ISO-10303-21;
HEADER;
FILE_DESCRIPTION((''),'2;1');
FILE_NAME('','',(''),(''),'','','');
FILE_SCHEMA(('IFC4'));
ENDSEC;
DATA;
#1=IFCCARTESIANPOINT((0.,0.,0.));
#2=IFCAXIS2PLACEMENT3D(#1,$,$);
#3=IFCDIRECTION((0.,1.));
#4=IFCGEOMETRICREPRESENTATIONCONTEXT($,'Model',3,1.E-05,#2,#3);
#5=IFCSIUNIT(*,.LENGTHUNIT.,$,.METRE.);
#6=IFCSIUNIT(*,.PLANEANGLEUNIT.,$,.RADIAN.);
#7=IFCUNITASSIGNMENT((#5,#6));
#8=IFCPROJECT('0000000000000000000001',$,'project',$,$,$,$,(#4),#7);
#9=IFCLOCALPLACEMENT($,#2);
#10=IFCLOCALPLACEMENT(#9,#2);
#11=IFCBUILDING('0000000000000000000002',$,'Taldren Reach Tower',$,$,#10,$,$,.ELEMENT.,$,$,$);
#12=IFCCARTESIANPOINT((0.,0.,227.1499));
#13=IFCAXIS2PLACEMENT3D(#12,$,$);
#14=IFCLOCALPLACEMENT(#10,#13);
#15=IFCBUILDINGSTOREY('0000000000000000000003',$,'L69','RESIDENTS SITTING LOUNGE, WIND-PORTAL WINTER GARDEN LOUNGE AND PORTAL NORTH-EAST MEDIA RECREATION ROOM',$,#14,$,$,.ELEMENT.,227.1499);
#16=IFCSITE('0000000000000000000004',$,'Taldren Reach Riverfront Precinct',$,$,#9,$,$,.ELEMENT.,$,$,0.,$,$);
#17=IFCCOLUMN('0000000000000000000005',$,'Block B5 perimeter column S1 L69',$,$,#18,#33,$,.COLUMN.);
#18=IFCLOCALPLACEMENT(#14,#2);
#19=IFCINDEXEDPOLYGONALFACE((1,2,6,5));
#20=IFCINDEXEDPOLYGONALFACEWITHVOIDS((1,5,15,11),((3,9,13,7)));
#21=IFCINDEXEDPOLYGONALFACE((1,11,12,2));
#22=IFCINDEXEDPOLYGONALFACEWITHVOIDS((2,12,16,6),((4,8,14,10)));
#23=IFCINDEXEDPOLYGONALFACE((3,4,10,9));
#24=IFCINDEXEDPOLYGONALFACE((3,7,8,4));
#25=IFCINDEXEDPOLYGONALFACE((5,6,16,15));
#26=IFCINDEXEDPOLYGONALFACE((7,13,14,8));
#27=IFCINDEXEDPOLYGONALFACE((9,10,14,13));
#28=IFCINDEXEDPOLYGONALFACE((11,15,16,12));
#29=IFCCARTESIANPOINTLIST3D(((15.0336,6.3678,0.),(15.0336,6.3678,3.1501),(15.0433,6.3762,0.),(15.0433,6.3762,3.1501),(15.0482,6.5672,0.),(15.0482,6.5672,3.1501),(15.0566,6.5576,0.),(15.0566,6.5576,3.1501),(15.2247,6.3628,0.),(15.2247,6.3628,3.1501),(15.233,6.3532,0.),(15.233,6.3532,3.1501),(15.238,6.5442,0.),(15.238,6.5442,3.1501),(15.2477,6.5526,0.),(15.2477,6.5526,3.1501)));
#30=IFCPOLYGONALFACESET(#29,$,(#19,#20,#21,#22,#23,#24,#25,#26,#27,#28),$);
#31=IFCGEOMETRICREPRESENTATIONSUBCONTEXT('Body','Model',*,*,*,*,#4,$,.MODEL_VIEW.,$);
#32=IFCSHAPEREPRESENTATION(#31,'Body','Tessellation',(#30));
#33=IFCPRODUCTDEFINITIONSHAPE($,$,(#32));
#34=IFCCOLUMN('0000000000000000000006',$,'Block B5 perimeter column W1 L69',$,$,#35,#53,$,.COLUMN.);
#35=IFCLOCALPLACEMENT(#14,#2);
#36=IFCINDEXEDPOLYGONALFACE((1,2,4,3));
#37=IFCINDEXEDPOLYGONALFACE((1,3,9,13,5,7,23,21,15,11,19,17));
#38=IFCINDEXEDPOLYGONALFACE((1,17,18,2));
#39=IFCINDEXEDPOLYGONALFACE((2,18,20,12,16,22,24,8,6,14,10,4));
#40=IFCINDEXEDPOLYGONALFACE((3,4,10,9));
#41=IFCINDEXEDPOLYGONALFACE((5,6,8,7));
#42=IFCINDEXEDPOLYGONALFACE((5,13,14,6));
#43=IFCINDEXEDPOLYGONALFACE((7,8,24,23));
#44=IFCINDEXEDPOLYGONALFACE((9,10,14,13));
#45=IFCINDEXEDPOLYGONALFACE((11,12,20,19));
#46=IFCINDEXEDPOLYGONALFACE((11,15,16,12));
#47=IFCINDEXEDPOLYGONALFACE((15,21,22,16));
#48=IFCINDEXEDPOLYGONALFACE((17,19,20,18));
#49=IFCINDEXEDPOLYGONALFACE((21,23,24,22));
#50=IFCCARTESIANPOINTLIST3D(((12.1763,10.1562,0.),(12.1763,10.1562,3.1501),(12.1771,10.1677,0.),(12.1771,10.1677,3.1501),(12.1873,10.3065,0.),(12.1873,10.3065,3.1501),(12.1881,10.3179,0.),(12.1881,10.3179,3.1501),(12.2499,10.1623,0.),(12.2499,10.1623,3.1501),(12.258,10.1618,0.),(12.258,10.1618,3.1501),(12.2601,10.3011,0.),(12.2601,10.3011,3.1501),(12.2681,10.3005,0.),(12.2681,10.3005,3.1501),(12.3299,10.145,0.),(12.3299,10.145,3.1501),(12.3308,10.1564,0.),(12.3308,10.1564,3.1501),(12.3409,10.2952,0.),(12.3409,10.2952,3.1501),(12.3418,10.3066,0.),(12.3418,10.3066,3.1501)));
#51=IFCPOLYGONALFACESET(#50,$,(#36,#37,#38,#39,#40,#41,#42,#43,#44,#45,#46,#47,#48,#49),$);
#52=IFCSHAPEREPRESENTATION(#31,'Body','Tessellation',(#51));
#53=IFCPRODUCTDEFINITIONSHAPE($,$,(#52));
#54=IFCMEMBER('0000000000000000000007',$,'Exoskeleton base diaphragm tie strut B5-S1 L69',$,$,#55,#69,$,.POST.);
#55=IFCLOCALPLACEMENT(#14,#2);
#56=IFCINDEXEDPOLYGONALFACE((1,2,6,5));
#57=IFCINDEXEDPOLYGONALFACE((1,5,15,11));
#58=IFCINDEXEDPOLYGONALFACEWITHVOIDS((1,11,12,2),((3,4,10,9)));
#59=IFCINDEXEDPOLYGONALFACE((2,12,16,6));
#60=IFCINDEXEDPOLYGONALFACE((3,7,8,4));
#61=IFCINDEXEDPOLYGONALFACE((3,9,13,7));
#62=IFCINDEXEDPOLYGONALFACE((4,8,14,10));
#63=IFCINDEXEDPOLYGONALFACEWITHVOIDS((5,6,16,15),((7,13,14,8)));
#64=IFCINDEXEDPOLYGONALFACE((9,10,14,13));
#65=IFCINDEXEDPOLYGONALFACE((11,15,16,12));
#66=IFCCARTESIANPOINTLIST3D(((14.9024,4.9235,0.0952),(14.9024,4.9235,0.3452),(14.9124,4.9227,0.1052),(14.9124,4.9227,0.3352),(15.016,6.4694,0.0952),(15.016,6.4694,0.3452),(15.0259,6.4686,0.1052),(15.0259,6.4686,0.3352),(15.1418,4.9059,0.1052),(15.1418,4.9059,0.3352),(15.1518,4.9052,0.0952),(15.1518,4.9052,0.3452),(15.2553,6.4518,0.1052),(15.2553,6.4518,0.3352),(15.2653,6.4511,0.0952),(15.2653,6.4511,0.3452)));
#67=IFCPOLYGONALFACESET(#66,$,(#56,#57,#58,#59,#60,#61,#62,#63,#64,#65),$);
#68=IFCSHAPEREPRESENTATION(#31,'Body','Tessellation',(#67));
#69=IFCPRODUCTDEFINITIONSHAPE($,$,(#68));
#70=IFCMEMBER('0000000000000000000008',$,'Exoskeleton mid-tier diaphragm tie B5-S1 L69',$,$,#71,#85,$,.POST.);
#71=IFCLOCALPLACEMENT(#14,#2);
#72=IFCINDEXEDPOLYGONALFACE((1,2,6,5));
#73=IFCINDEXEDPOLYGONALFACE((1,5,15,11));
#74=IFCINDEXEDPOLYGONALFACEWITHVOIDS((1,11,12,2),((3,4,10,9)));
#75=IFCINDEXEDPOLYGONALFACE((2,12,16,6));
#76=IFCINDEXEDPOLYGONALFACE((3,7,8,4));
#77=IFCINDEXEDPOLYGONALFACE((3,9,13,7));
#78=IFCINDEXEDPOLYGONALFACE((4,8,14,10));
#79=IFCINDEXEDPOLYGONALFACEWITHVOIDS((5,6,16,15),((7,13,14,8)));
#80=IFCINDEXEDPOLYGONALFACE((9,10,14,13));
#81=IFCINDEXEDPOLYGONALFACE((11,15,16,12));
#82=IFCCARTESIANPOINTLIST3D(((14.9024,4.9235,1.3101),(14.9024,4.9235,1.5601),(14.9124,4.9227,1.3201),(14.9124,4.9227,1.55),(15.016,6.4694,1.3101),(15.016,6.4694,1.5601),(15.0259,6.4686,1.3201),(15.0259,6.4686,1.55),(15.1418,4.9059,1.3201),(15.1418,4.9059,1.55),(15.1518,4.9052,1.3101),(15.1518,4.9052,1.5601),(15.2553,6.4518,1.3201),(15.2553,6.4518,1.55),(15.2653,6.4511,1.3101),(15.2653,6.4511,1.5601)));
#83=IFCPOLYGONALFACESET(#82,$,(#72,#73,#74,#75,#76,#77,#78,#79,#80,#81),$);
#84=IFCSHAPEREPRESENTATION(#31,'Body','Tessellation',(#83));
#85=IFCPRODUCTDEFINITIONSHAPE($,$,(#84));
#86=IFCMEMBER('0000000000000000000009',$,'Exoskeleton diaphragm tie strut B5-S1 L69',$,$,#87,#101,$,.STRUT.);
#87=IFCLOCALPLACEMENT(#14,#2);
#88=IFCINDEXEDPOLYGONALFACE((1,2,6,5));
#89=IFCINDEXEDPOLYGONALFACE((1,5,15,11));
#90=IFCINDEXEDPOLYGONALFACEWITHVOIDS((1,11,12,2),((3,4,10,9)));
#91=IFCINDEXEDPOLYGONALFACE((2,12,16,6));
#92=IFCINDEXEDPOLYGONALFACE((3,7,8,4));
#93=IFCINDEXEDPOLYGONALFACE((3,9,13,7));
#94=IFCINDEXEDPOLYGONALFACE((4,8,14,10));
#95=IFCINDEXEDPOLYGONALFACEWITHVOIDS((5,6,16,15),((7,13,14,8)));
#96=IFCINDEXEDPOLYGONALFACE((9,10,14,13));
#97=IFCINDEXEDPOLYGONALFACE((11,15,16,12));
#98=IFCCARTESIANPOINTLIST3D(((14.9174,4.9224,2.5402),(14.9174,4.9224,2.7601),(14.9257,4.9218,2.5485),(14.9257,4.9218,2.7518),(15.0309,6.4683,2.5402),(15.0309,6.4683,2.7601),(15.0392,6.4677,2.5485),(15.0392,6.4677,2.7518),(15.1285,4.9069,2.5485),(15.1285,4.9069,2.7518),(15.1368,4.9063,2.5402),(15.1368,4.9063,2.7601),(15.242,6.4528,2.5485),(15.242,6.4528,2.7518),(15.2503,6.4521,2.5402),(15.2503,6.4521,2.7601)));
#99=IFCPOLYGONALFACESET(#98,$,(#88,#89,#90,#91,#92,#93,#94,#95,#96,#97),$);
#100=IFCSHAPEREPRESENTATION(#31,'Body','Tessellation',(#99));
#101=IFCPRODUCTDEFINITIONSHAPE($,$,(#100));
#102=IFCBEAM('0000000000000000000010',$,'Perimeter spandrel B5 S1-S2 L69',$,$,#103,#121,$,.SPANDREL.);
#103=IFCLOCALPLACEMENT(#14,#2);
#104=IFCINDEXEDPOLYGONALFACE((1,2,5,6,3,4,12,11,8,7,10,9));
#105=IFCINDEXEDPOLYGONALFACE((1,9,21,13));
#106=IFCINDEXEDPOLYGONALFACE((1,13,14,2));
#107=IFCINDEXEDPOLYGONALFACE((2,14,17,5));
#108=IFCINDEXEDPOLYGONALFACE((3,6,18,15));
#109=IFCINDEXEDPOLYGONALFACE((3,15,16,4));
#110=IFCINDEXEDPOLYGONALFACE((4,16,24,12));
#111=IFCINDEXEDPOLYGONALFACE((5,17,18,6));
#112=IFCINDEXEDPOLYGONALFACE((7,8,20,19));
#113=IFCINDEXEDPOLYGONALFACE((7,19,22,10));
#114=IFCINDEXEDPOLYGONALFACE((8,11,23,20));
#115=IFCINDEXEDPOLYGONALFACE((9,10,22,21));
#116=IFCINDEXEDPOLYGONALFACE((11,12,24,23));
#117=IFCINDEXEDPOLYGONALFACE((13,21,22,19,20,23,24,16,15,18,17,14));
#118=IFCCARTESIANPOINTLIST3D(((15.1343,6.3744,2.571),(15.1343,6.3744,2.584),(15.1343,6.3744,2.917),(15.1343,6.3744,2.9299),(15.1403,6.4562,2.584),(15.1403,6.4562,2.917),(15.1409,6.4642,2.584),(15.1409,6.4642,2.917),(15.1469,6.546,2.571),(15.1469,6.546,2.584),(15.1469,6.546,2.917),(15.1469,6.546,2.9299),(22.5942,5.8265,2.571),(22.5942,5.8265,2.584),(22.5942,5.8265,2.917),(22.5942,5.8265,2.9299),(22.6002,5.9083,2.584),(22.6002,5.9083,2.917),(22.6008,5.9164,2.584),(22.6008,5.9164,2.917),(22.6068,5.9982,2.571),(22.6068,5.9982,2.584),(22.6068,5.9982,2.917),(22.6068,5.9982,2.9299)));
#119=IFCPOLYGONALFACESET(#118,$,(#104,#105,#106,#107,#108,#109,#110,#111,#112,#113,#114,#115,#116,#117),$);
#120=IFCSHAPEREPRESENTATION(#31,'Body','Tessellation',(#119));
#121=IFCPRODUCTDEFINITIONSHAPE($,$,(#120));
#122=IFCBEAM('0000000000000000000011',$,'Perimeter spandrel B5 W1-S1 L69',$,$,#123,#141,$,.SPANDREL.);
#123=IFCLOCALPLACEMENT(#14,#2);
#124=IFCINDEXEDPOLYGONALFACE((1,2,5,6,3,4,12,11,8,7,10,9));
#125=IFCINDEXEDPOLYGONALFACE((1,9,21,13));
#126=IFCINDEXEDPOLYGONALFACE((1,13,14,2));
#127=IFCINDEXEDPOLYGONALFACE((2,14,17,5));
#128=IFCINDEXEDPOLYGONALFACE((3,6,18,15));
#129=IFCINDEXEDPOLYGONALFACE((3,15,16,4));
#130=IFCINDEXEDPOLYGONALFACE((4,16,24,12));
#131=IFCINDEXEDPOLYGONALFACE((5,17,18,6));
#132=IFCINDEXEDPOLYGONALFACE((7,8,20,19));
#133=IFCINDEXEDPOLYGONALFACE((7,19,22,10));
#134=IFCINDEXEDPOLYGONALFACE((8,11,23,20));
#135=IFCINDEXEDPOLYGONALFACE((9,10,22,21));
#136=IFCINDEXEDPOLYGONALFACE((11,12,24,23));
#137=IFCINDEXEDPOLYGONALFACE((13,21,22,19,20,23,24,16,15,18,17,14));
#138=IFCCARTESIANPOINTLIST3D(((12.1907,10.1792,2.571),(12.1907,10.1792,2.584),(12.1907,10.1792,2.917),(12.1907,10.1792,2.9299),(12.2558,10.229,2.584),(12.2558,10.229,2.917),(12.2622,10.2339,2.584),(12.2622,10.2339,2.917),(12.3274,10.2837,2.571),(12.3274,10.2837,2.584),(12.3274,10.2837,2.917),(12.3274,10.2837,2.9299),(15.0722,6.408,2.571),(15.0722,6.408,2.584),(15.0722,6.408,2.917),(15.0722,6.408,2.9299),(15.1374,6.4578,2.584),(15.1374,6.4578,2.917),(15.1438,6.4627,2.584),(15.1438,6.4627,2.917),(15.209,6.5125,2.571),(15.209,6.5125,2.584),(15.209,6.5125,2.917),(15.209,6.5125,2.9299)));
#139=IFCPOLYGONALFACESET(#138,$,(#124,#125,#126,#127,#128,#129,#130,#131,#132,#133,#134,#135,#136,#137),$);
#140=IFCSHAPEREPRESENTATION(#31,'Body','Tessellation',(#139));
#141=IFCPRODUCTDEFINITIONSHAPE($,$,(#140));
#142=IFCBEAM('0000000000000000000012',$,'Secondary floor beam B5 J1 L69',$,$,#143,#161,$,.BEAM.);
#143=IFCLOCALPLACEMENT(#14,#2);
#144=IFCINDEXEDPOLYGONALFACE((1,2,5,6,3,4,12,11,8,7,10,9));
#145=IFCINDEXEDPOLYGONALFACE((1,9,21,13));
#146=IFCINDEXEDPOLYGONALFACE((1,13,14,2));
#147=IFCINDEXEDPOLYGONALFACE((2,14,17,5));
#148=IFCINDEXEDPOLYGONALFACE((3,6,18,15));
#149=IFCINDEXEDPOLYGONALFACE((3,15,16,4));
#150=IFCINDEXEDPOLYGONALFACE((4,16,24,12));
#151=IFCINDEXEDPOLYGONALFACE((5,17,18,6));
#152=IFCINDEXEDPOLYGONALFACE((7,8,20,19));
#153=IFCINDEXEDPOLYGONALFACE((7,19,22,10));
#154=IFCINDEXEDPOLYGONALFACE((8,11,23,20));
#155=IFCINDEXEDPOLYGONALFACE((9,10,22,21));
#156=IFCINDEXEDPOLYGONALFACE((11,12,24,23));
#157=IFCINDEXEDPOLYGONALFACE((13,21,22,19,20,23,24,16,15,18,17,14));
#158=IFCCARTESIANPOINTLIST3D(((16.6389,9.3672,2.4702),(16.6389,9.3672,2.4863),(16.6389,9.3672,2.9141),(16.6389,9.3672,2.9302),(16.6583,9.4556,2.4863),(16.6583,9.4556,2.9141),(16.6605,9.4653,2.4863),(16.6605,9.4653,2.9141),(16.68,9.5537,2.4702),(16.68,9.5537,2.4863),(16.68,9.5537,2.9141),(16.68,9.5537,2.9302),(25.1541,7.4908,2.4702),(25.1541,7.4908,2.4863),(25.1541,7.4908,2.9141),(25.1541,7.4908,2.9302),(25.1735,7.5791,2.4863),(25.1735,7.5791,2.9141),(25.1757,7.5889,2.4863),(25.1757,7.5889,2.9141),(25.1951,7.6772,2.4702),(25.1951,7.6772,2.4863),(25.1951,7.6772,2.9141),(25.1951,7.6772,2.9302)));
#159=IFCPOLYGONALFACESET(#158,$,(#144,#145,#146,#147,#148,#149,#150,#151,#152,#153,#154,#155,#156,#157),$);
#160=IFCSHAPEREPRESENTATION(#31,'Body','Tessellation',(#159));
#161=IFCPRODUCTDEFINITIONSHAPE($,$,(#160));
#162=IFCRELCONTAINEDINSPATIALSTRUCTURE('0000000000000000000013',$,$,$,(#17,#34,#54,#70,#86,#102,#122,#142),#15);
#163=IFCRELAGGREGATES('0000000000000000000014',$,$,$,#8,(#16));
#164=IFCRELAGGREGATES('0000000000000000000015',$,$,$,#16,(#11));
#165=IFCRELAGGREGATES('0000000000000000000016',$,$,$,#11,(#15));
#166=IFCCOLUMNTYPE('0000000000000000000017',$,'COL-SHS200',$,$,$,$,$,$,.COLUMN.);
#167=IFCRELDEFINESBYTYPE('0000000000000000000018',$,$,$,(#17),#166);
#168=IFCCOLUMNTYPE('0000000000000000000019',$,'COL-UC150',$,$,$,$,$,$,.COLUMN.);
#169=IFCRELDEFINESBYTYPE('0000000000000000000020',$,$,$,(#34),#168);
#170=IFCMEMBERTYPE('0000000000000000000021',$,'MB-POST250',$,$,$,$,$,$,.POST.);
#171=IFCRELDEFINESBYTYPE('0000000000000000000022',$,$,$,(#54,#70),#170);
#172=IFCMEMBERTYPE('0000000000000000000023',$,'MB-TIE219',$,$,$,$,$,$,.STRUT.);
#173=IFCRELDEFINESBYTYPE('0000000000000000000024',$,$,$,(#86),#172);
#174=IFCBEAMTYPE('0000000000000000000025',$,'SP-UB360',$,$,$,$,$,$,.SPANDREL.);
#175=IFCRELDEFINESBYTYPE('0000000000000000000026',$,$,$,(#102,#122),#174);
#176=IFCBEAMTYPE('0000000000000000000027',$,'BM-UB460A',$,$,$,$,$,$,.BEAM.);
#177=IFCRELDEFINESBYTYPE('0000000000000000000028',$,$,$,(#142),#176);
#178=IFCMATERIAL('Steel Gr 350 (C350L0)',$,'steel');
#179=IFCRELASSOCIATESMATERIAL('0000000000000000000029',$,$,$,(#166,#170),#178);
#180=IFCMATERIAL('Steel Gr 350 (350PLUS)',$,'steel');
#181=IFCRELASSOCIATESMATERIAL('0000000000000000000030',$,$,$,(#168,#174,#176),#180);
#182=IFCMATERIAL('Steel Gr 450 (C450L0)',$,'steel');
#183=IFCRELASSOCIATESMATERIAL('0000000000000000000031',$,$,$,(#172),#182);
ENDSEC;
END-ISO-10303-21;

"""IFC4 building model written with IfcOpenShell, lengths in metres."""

from ifc_helpers import new_model, si_unit, direction, frame, origin, origin_2d, place, context, subcontext, project, spatial, hollow_rectangle, i_section, extrude, source, transform, mapped, material, material_profile, profile_set, type_object, element, save


model = new_model("IFC4")

# Units and contexts
model_context = context("Model", 3, precision=1e-05, world=origin(), true_north=direction((0.0, 1.0)))
body_context = subcontext(model_context, "Body", "Model", "MODEL_VIEW")
ifc_project = project(units=[si_unit("LENGTHUNIT", "METRE"), si_unit("PLANEANGLEUNIT", "RADIAN")], contexts=[model_context])

# Site, building, storey
site_placement = place(None, origin())
site = spatial("IfcSite", under=ifc_project, at=site_placement, Name="Taldren Reach Riverfront Precinct", CompositionType="ELEMENT", RefElevation=0.0)
building_placement = place(site_placement, origin())
building = spatial("IfcBuilding", under=site, at=building_placement, Name="Taldren Reach Tower", CompositionType="ELEMENT")
storey_placement = place(building_placement, frame((0.0, 0.0, 227.1499)))
storey = spatial("IfcBuildingStorey", under=building, at=storey_placement, Name="L69", Description="RESIDENTS SITTING LOUNGE, WIND-PORTAL WINTER GARDEN LOUNGE AND PORTAL NORTH-EAST MEDIA RECREATION ROOM", CompositionType="ELEMENT", Elevation=227.1499)

# Columns
ifc_material_1 = material(Name="Steel Gr 350 (C350L0)", Category="steel")
ifc_material_profile_1 = material_profile(ifc_material_1, hollow_rectangle(XDim=0.2, YDim=0.2, WallThickness=0.009, at=origin_2d()), Name="200x200x9.0SHS")
ifc_profile_set_1 = profile_set([ifc_material_profile_1], Name="Steel Gr 350 (C350L0)")
column_type_1 = type_object("IfcColumnType", Name="COL-SHS200", PredefinedType="COLUMN", material=ifc_profile_set_1)
shared_shape_1 = source(origin(), body_context, "Body", "SweptSolid", [
    extrude(hollow_rectangle(XDim=0.2, YDim=0.2, WallThickness=0.009, at=origin_2d()), origin(), (0.0, 0.0, 1.0), 3.1501),
])
column_1_placement = place(storey_placement, frame((15.1406, 6.4602, 0.0), z_axis=(0.0, 0.0, 1.0), x_axis=(0.997314, -0.073238, 0.0)))
element("IfcColumn", 1, at=column_1_placement, inside=storey, type_object=column_type_1, Name="Block B5 perimeter column S1 L69", PredefinedType="COLUMN", context=body_context, shape_type="MappedRepresentation", body=[
    mapped(shared_shape_1, transform((0.0, 0.0, 0.0), scale=1.0)),
])
ifc_material_2 = material(Name="Steel Gr 350 (350PLUS)", Category="steel")
ifc_material_profile_2 = material_profile(ifc_material_2, i_section(OverallWidth=0.1541, OverallDepth=0.1621, WebThickness=0.0081, FlangeThickness=0.0115, at=origin_2d()), Name="150UC37.2")
ifc_profile_set_2 = profile_set([ifc_material_profile_2], Name="Steel Gr 350 (350PLUS)")
column_type_2 = type_object("IfcColumnType", Name="COL-UC150", PredefinedType="COLUMN", material=ifc_profile_set_2)
shared_shape_2 = source(origin(), body_context, "Body", "SweptSolid", [
    extrude(i_section(OverallWidth=0.1541, OverallDepth=0.1621, WebThickness=0.0081, FlangeThickness=0.0115, at=origin_2d()), origin(), (0.0, 0.0, 1.0), 3.1501),
])
column_2_placement = place(storey_placement, frame((12.259, 10.2314, 0.0), z_axis=(0.0, 0.0, 1.0), x_axis=(0.997314, -0.073238, 0.0)))
element("IfcColumn", 2, at=column_2_placement, inside=storey, type_object=column_type_2, Name="Block B5 perimeter column W1 L69", PredefinedType="COLUMN", context=body_context, shape_type="MappedRepresentation", body=[
    mapped(shared_shape_2, transform((0.0, 0.0, 0.0), scale=1.0)),
])

# Members
ifc_material_profile_3 = material_profile(ifc_material_1, hollow_rectangle(XDim=0.25, YDim=0.25, WallThickness=0.01, at=origin_2d()), Name="250x250x10.0SHS")
ifc_profile_set_3 = profile_set([ifc_material_profile_3], Name="Steel Gr 350 (C350L0)")
member_type_1 = type_object("IfcMemberType", Name="MB-POST250", PredefinedType="POST", material=ifc_profile_set_3)
shared_shape_3 = source(origin(), body_context, "Body", "SweptSolid", [
    extrude(hollow_rectangle(XDim=0.25, YDim=0.25, WallThickness=0.01, at=origin_2d()), origin(), (0.0, 0.0, 1.0), 1.55),
])
for number, where, z_axis, x_axis, name in (
    (3, (15.1406, 6.4602, 0.2202), (-0.073239, -0.997314, 0.0), (0.997314, -0.073239, 0.0), "Exoskeleton base diaphragm tie strut B5-S1 L69"),
    (4, (15.1406, 6.4602, 1.4351), (-0.073239, -0.997314, 0.0), (0.997314, -0.073239, 0.0), "Exoskeleton mid-tier diaphragm tie B5-S1 L69"),
):
    element("IfcMember", number, at=place(storey_placement, frame(where, z_axis=z_axis, x_axis=x_axis)), inside=storey, type_object=member_type_1, Name=name, PredefinedType="POST", context=body_context, shape_type="MappedRepresentation", body=[
        mapped(shared_shape_3, transform((0.0, 0.0, 0.0), scale=1.0)),
    ])
ifc_material_3 = material(Name="Steel Gr 450 (C450L0)", Category="steel")
ifc_material_profile_4 = material_profile(ifc_material_3, hollow_rectangle(XDim=0.22, YDim=0.22, WallThickness=0.0083, at=origin_2d()), Name="220x220x8.2SHS")
ifc_profile_set_4 = profile_set([ifc_material_profile_4], Name="Steel Gr 450 (C450L0)")
member_type_2 = type_object("IfcMemberType", Name="MB-TIE219", PredefinedType="STRUT", material=ifc_profile_set_4)
shared_shape_4 = source(origin(), body_context, "Body", "SweptSolid", [
    extrude(hollow_rectangle(XDim=0.22, YDim=0.22, WallThickness=0.0083, at=origin_2d()), origin(), (0.0, 0.0, 1.0), 1.55),
])
member_1_placement = place(storey_placement, frame((15.1406, 6.4602, 2.6501), z_axis=(-0.073239, -0.997314, 0.0), x_axis=(0.997314, -0.073239, 0.0)))
element("IfcMember", 5, at=member_1_placement, inside=storey, type_object=member_type_2, Name="Exoskeleton diaphragm tie strut B5-S1 L69", PredefinedType="STRUT", context=body_context, shape_type="MappedRepresentation", body=[
    mapped(shared_shape_4, transform((0.0, 0.0, 0.0), scale=1.0)),
])

# Beams
ifc_material_profile_5 = material_profile(ifc_material_2, i_section(OverallWidth=0.1721, OverallDepth=0.3589, WebThickness=0.0081, FlangeThickness=0.0129, at=origin_2d()), Name="360UB56.7")
ifc_profile_set_5 = profile_set([ifc_material_profile_5], Name="Steel Gr 350 (350PLUS)")
beam_type_1 = type_object("IfcBeamType", Name="SP-UB360", PredefinedType="SPANDREL", material=ifc_profile_set_5)
shared_shape_5 = source(origin(), body_context, "Body", "SweptSolid", [
    extrude(i_section(OverallWidth=0.1721, OverallDepth=0.3589, WebThickness=0.0081, FlangeThickness=0.0129, at=origin_2d()), origin(), (0.0, 0.0, 1.0), 7.48),
])
beam_1_placement = place(storey_placement, frame((15.1406, 6.4602, 2.7505), z_axis=(0.997314, -0.073242, 0.0), x_axis=(0.073242, 0.997314, 0.0)))
element("IfcBeam", 6, at=beam_1_placement, inside=storey, type_object=beam_type_1, Name="Perimeter spandrel B5 S1-S2 L69", PredefinedType="SPANDREL", context=body_context, shape_type="MappedRepresentation", body=[
    mapped(shared_shape_5, transform((0.0, 0.0, 0.0), scale=1.0)),
])
shared_shape_6 = source(origin(), body_context, "Body", "SweptSolid", [
    extrude(i_section(OverallWidth=0.1721, OverallDepth=0.3589, WebThickness=0.0081, FlangeThickness=0.0129, at=origin_2d()), origin(), (0.0, 0.0, 1.0), 4.7461),
])
beam_2_placement = place(storey_placement, frame((12.259, 10.2314, 2.7505), z_axis=(0.607145, -0.794591, 0.0), x_axis=(0.794591, 0.607145, 0.0)))
element("IfcBeam", 7, at=beam_2_placement, inside=storey, type_object=beam_type_1, Name="Perimeter spandrel B5 W1-S1 L69", PredefinedType="SPANDREL", context=body_context, shape_type="MappedRepresentation", body=[
    mapped(shared_shape_6, transform((0.0, 0.0, 0.0), scale=1.0)),
])
ifc_material_profile_6 = material_profile(ifc_material_2, i_section(OverallWidth=0.1909, OverallDepth=0.46, WebThickness=0.01, FlangeThickness=0.0161, at=origin_2d()), Name="460UB82.1")
ifc_profile_set_6 = profile_set([ifc_material_profile_6], Name="Steel Gr 350 (350PLUS)")
beam_type_2 = type_object("IfcBeamType", Name="BM-UB460A", PredefinedType="BEAM", material=ifc_profile_set_6)
shared_shape_7 = source(origin(), body_context, "Body", "SweptSolid", [
    extrude(i_section(OverallWidth=0.1909, OverallDepth=0.46, WebThickness=0.01, FlangeThickness=0.0161, at=origin_2d()), origin(), (0.0, 0.0, 1.0), 8.7195),
])
beam_3_placement = place(storey_placement, frame((16.6594, 9.4604, 2.7002), z_axis=(0.976569, -0.215205, 0.0), x_axis=(0.215205, 0.976569, 0.0)))
element("IfcBeam", 8, at=beam_3_placement, inside=storey, type_object=beam_type_2, Name="Secondary floor beam B5 J1 L69", PredefinedType="BEAM", context=body_context, shape_type="MappedRepresentation", body=[
    mapped(shared_shape_7, transform((0.0, 0.0, 0.0), scale=1.0)),
])

save(model, "model.ifc")
